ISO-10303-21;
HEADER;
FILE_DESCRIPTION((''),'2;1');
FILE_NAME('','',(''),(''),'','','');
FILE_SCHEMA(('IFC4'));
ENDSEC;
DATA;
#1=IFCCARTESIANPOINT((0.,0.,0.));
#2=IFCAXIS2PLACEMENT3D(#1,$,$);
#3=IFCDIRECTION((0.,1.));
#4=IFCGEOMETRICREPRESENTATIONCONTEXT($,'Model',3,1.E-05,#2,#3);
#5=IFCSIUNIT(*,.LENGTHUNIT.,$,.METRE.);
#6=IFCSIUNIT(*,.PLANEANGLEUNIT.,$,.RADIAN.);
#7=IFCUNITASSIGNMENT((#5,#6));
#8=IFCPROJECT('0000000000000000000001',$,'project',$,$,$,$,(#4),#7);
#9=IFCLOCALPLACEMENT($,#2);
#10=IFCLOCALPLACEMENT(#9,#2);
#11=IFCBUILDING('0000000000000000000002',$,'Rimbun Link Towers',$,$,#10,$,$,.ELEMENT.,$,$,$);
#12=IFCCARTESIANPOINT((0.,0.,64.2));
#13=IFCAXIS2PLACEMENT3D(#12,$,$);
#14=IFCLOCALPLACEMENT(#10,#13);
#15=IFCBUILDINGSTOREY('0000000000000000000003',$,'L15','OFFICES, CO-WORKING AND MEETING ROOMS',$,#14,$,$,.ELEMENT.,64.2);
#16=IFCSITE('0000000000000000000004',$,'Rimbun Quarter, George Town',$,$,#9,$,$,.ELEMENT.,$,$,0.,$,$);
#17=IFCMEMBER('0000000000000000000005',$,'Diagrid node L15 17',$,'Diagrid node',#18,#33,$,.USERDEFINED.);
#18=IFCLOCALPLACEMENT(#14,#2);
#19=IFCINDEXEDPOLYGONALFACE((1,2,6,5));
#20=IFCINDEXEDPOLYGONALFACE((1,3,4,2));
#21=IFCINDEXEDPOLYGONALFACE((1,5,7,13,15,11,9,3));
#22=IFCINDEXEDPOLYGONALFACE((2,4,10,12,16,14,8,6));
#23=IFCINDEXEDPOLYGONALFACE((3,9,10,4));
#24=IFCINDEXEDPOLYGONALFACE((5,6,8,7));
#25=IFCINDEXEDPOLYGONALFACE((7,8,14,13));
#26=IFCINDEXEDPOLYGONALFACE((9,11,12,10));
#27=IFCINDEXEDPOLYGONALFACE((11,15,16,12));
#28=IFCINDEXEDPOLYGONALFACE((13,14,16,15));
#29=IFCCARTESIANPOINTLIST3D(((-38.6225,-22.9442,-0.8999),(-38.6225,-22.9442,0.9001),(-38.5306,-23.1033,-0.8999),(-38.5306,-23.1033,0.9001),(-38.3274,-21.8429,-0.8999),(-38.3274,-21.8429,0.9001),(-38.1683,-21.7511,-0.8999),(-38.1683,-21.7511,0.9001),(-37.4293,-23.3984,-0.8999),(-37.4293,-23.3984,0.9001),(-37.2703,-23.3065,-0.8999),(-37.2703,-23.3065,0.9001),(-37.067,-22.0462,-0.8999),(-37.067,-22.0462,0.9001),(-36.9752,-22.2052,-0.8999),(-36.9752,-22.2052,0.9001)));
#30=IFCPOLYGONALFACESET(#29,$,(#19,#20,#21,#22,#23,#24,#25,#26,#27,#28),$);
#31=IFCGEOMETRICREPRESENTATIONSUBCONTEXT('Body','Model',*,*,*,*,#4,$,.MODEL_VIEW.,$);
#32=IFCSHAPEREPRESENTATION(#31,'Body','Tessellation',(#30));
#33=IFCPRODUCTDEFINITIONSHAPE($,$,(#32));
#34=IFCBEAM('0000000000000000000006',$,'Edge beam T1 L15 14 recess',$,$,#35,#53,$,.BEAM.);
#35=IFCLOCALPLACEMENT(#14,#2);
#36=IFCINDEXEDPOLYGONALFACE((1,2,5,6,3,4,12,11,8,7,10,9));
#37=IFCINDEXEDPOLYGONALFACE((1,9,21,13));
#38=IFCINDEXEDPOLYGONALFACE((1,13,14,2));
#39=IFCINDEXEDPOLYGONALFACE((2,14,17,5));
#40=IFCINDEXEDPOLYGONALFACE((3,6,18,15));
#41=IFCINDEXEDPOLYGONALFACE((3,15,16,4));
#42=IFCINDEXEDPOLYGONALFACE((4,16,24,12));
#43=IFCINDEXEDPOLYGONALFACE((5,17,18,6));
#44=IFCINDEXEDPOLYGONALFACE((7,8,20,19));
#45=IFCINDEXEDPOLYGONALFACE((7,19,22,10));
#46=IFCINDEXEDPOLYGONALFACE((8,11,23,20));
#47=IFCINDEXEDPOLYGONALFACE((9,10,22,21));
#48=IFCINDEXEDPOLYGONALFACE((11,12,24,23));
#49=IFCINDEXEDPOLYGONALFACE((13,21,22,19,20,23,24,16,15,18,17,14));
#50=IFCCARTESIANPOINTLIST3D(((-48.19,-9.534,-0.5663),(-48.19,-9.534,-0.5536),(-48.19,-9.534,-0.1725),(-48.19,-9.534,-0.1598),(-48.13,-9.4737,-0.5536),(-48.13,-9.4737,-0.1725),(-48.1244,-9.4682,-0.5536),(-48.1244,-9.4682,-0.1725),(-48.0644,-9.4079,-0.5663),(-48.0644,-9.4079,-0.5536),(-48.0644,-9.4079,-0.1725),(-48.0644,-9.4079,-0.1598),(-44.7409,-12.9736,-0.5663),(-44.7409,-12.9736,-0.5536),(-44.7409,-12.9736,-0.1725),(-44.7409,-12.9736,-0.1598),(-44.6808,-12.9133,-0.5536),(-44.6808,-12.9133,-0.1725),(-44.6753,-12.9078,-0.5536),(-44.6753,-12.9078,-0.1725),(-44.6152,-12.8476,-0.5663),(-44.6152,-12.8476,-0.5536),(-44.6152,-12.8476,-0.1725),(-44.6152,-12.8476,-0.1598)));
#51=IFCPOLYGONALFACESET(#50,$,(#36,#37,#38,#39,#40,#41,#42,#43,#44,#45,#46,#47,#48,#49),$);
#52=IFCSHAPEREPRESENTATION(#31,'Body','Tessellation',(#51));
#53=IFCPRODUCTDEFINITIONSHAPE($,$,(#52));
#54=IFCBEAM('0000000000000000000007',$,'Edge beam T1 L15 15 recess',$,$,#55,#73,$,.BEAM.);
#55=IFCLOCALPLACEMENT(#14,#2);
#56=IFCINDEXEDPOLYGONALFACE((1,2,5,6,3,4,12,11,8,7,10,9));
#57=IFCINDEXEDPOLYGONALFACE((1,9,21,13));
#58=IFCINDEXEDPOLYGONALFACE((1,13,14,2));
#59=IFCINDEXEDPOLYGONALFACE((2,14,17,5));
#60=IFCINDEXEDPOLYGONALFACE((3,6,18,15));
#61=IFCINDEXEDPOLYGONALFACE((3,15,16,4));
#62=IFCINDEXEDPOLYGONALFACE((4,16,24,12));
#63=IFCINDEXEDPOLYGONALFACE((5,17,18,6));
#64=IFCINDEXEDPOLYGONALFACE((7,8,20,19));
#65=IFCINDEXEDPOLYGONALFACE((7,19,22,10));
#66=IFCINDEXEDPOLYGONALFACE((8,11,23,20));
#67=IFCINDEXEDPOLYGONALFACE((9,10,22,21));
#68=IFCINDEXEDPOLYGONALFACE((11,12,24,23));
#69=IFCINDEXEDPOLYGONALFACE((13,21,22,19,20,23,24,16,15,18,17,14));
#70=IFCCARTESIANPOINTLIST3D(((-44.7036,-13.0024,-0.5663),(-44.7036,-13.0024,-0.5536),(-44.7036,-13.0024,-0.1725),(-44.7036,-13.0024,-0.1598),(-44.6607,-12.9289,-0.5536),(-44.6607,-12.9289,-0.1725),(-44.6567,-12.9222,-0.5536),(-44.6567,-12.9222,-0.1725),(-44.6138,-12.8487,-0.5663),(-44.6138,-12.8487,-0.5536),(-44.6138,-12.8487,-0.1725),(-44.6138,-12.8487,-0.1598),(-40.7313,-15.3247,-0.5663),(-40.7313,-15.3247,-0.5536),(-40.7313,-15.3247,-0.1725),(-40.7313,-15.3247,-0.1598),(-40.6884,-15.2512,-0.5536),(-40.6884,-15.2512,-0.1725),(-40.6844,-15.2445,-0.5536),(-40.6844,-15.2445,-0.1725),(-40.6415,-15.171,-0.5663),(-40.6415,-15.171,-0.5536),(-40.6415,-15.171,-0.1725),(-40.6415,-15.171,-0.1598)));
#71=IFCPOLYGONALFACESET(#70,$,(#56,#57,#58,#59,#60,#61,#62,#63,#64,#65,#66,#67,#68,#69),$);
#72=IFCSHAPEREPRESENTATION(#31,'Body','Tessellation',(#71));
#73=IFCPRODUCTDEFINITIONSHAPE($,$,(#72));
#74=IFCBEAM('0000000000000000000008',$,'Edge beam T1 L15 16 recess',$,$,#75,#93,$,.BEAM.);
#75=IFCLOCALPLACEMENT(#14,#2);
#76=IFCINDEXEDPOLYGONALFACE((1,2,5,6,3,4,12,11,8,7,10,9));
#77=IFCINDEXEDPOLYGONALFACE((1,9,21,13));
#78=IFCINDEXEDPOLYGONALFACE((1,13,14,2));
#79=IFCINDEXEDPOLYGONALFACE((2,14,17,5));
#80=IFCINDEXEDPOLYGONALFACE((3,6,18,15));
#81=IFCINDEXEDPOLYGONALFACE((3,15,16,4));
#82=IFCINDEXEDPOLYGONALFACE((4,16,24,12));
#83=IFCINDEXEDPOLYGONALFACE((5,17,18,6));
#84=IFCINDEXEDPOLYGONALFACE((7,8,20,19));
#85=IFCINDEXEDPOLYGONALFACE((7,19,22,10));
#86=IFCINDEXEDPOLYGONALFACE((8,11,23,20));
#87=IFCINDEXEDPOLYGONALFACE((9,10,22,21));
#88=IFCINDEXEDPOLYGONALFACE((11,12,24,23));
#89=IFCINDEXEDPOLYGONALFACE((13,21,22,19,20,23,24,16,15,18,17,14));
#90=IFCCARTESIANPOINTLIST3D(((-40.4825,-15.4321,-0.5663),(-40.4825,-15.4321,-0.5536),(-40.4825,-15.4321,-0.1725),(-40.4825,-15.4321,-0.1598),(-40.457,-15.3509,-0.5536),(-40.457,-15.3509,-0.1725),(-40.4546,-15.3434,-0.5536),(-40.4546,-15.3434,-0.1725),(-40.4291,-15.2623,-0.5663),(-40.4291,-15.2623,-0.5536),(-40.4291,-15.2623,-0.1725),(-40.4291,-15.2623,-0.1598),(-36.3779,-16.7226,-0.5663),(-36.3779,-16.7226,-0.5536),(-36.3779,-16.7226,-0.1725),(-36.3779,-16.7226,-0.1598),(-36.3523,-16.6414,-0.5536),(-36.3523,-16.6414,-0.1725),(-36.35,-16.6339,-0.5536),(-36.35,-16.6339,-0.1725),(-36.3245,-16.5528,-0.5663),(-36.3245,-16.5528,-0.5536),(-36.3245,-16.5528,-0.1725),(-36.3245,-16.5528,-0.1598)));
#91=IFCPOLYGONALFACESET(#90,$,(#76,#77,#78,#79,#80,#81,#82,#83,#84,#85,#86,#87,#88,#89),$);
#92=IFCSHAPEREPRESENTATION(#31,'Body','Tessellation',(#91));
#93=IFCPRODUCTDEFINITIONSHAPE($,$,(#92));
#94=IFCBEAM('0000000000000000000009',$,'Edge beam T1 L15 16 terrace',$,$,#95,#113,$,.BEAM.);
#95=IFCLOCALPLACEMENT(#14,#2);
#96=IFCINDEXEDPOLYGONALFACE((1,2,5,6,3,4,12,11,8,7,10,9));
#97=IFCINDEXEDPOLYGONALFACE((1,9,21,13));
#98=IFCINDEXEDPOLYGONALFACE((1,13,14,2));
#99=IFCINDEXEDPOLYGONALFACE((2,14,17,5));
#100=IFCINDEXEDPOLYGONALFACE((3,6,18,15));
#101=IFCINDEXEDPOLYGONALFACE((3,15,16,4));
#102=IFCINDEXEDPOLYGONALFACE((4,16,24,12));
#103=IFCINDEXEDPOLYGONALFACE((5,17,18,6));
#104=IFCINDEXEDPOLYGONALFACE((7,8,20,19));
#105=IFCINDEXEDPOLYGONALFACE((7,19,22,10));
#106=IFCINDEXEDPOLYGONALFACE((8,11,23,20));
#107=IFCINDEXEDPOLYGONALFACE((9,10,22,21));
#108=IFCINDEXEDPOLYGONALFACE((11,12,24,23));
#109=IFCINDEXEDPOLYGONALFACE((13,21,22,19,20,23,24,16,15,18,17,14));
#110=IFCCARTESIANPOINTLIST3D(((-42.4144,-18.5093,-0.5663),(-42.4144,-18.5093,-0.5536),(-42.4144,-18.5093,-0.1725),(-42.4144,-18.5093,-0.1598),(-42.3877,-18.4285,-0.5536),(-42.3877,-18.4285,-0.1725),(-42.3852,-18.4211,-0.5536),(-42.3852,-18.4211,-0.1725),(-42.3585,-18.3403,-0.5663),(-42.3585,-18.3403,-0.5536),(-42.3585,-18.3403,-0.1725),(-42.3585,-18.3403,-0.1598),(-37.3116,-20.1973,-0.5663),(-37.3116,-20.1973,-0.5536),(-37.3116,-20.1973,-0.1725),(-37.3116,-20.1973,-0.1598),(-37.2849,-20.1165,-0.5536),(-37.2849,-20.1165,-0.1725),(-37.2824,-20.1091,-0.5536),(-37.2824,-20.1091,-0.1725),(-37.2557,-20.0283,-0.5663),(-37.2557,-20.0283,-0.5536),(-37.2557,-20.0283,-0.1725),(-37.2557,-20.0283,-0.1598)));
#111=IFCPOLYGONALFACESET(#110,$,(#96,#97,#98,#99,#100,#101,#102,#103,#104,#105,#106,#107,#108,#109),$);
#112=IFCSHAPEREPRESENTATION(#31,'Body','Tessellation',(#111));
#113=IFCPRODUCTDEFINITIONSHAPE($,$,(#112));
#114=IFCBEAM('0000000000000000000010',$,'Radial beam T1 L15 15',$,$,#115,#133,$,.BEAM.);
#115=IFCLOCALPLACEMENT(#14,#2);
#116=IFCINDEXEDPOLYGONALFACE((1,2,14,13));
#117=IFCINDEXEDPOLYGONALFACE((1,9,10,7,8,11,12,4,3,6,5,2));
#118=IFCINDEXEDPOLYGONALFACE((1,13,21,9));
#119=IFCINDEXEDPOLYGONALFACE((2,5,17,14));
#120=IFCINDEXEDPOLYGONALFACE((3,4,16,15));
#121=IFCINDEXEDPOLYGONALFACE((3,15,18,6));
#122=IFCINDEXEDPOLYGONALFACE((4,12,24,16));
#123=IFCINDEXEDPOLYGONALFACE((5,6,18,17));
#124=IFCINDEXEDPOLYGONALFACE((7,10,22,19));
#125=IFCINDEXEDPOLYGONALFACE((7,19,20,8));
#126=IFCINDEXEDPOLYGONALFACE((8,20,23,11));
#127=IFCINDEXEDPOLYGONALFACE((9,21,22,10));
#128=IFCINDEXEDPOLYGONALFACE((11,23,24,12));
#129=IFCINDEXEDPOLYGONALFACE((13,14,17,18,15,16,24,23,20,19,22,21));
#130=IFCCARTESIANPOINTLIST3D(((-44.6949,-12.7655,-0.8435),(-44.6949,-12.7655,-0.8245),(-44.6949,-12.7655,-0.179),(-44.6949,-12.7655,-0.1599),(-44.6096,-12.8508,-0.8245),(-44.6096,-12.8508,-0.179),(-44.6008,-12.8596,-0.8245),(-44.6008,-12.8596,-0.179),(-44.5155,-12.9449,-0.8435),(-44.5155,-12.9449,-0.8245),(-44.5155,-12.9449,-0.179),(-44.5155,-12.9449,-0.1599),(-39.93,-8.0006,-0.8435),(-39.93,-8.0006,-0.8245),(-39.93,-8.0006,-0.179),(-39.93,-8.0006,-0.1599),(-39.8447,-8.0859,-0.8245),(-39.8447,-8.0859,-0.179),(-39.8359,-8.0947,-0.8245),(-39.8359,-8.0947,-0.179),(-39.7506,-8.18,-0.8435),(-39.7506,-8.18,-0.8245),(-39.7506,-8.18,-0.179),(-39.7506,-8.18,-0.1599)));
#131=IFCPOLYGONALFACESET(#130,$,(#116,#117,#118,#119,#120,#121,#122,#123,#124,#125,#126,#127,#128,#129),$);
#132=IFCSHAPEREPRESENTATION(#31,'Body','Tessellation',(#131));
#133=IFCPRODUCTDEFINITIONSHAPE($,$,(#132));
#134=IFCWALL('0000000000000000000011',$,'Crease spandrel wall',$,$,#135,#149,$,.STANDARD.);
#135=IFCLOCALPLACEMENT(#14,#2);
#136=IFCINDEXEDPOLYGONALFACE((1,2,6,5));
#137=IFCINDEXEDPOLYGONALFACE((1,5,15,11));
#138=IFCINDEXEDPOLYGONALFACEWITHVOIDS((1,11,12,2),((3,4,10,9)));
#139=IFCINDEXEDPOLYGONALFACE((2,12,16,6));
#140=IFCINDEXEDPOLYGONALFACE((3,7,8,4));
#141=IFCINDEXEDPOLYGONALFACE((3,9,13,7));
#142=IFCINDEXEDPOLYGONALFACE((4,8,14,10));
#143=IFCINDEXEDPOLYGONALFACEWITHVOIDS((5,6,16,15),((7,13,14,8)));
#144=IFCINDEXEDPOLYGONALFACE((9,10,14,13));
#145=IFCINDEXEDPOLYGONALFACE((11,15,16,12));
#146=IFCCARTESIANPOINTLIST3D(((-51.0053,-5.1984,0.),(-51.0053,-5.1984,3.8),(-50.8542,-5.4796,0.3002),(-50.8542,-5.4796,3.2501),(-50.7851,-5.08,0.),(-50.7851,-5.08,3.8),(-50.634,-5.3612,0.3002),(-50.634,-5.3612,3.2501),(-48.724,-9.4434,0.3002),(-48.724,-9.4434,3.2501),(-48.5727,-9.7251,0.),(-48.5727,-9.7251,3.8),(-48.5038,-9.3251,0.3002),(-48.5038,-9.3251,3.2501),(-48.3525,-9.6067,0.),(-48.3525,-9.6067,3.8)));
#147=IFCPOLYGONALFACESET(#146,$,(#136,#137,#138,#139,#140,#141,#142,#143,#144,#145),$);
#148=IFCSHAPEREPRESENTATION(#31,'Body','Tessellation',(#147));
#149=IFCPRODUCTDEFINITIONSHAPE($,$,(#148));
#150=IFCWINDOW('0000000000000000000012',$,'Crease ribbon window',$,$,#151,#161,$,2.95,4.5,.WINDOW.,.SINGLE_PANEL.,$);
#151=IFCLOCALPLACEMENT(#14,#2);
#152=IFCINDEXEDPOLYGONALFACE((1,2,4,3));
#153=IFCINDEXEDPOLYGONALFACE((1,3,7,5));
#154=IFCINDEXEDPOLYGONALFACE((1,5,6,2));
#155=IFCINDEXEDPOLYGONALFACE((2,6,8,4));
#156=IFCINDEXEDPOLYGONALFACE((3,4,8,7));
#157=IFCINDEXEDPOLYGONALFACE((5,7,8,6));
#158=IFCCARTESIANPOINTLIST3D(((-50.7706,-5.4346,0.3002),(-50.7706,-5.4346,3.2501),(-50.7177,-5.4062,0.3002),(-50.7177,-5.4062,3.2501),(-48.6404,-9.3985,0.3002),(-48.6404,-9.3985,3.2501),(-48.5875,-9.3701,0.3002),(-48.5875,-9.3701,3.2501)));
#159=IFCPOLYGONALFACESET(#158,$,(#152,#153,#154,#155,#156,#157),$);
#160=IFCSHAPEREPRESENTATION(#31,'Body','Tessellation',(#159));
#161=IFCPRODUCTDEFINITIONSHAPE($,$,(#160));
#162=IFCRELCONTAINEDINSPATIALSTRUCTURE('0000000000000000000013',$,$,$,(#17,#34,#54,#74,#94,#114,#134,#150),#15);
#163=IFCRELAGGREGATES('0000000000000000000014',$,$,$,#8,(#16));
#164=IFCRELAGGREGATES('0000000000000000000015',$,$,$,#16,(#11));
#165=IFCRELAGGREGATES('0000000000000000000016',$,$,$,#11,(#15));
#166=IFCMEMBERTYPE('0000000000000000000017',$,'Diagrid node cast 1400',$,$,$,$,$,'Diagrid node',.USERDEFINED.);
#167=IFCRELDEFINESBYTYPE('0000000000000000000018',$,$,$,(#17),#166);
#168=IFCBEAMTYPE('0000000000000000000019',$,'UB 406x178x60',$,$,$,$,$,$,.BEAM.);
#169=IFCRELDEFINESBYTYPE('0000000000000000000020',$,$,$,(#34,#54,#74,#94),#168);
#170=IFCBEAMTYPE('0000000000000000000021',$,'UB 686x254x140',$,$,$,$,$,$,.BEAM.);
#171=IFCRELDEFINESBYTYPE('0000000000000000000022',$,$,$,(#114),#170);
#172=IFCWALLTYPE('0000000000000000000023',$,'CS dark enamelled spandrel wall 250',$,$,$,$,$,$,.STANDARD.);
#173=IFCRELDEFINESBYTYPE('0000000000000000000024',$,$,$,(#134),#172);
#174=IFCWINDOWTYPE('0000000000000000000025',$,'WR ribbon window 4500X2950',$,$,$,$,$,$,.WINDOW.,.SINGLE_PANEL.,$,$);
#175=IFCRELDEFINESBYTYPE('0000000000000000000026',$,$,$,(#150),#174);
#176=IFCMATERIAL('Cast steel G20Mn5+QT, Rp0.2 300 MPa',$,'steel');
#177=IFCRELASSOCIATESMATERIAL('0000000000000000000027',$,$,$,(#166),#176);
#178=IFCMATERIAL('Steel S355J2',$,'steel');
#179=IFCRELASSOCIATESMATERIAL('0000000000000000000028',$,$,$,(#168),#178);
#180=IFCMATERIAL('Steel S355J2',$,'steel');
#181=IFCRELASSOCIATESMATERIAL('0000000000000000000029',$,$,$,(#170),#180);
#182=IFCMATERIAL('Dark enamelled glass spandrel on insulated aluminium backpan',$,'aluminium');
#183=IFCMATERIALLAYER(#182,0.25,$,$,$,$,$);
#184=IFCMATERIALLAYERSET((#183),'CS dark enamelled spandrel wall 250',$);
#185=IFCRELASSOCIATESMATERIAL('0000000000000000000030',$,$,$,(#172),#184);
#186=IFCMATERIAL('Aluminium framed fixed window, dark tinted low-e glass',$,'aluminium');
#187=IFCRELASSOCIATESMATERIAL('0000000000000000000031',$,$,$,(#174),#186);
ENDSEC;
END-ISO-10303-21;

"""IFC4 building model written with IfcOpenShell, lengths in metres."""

from ifc_helpers import new_model, si_unit, direction, frame, frame_2d, origin, origin_2d, place, context, subcontext, project, spatial, polyline, rectangle, i_section, outline, extrude, material, layer, layer_set, material_profile, profile_set, type_object, element, fill, save


model = new_model("IFC4")

# Units and contexts
model_context = context("Model", 3, precision=1e-05, world=origin(), true_north=direction((0.0, 1.0)))
body_context = subcontext(model_context, "Body", "Model", "MODEL_VIEW")
ifc_project = project(units=[si_unit("LENGTHUNIT", "METRE"), si_unit("PLANEANGLEUNIT", "RADIAN")], contexts=[model_context])

# Site, building, storey
site_placement = place(None, origin())
site = spatial("IfcSite", under=ifc_project, at=site_placement, Name="Rimbun Quarter, George Town", CompositionType="ELEMENT", RefElevation=0.0)
building_placement = place(site_placement, origin())
building = spatial("IfcBuilding", under=site, at=building_placement, Name="Rimbun Link Towers", CompositionType="ELEMENT")
storey_placement = place(building_placement, frame((0.0, 0.0, 64.2)))
storey = spatial("IfcBuildingStorey", under=building, at=storey_placement, Name="L15", Description="OFFICES, CO-WORKING AND MEETING ROOMS", CompositionType="ELEMENT", Elevation=64.2)

# Member
ifc_material_1 = material(Name="Cast steel G20Mn5+QT, Rp0.2 300 MPa", Category="steel")
ifc_material_profile_1 = material_profile(ifc_material_1, outline(polyline([(0.7, -0.5701), (0.7, 0.5701), (0.5701, 0.7), (-0.5701, 0.7), (-0.7, 0.5701), (-0.7, -0.5701), (-0.5701, -0.7), (0.5701, -0.7), (0.7, -0.5701)])), Name="NODE 1400x1400")
ifc_profile_set_1 = profile_set([ifc_material_profile_1], Name="Cast steel G20Mn5+QT, Rp0.2 300 MPa")
member_type_1 = type_object("IfcMemberType", Name="Diagrid node cast 1400", ElementType="Diagrid node", PredefinedType="USERDEFINED", material=ifc_profile_set_1)
member_1_placement = place(storey_placement, frame((-37.7988, -22.5747, -0.8999), z_axis=(0.0, 0.0, 1.0), x_axis=(-0.258819, -0.965926, 0.0)))
element("IfcMember", 1, at=member_1_placement, inside=storey, type_object=member_type_1, Name="Diagrid node L15 17", ObjectType="Diagrid node", PredefinedType="USERDEFINED", context=body_context, shape_type="SweptSolid", body=[
    extrude(outline(polyline([(0.7, -0.5701), (0.7, 0.5701), (0.5701, 0.7), (-0.5701, 0.7), (-0.7, 0.5701), (-0.7, -0.5701), (-0.5701, -0.7), (0.5701, -0.7), (0.7, -0.5701)])), origin(), (0.0, 0.0, 1.0), 1.8),
])

# Beams
ifc_material_2 = material(Name="Steel S355J2", Category="steel")
ifc_material_profile_2 = material_profile(ifc_material_2, i_section(OverallWidth=0.178, OverallDepth=0.4065, WebThickness=0.0078, FlangeThickness=0.0127, at=origin_2d()), Name="UB 406x178x60")
ifc_profile_set_2 = profile_set([ifc_material_profile_2], Name="Steel S355J2")
beam_type_1 = type_object("IfcBeamType", Name="UB 406x178x60", PredefinedType="BEAM", material=ifc_profile_set_2)
beam_1_placement = place(storey_placement, frame((-48.1272, -9.4709, -0.363), z_axis=(0.708083, -0.706129, 0.0), x_axis=(0.706129, 0.708083, 0.0)))
element("IfcBeam", 2, at=beam_1_placement, inside=storey, type_object=beam_type_1, Name="Edge beam T1 L15 14 recess", PredefinedType="BEAM", context=body_context, shape_type="SweptSolid", body=[
    extrude(i_section(OverallWidth=0.178, OverallDepth=0.4065, WebThickness=0.0078, FlangeThickness=0.0127, at=origin_2d()), origin(), (0.0, 0.0, 1.0), 4.8711),
])
beam_2_placement = place(storey_placement, frame((-44.6587, -12.9255, -0.363), z_axis=(0.86329, -0.504709, 0.0), x_axis=(0.504709, 0.86329, 0.0)))
element("IfcBeam", 3, at=beam_2_placement, inside=storey, type_object=beam_type_1, Name="Edge beam T1 L15 15 recess", PredefinedType="BEAM", context=body_context, shape_type="SweptSolid", body=[
    extrude(i_section(OverallWidth=0.178, OverallDepth=0.4065, WebThickness=0.0078, FlangeThickness=0.0127, at=origin_2d()), origin(), (0.0, 0.0, 1.0), 4.6013),
])
beam_3_placement = place(storey_placement, frame((-40.4558, -15.3472, -0.363), z_axis=(0.953963, -0.299925, 0.0), x_axis=(0.299925, 0.953963, 0.0)))
element("IfcBeam", 4, at=beam_3_placement, inside=storey, type_object=beam_type_1, Name="Edge beam T1 L15 16 recess", PredefinedType="BEAM", context=body_context, shape_type="SweptSolid", body=[
    extrude(i_section(OverallWidth=0.178, OverallDepth=0.4065, WebThickness=0.0078, FlangeThickness=0.0127, at=origin_2d()), origin(), (0.0, 0.0, 1.0), 4.3027),
])
beam_4_placement = place(storey_placement, frame((-42.3865, -18.4248, -0.363), z_axis=(0.949403, -0.31406, 0.0), x_axis=(0.31406, 0.949403, 0.0)))
element("IfcBeam", 5, at=beam_4_placement, inside=storey, type_object=beam_type_1, Name="Edge beam T1 L15 16 terrace", PredefinedType="BEAM", context=body_context, shape_type="SweptSolid", body=[
    extrude(i_section(OverallWidth=0.178, OverallDepth=0.4065, WebThickness=0.0078, FlangeThickness=0.0127, at=origin_2d()), origin(), (0.0, 0.0, 1.0), 5.3748),
])
ifc_material_3 = material(Name="Steel S355J2", Category="steel")
ifc_material_profile_3 = material_profile(ifc_material_3, i_section(OverallWidth=0.2537, OverallDepth=0.6836, WebThickness=0.0125, FlangeThickness=0.019, at=origin_2d()), Name="UB 686x254x140")
ifc_profile_set_3 = profile_set([ifc_material_profile_3], Name="Steel S355J2")
beam_type_2 = type_object("IfcBeamType", Name="UB 686x254x140", PredefinedType="BEAM", material=ifc_profile_set_3)
beam_5_placement = place(storey_placement, frame((-39.8403, -8.0903, -0.5017), z_axis=(-0.707107, -0.707107, 0.0), x_axis=(0.707107, -0.707107, 0.0)))
element("IfcBeam", 6, at=beam_5_placement, inside=storey, type_object=beam_type_2, Name="Radial beam T1 L15 15", PredefinedType="BEAM", context=body_context, shape_type="SweptSolid", body=[
    extrude(i_section(OverallWidth=0.2537, OverallDepth=0.6836, WebThickness=0.0125, FlangeThickness=0.019, at=origin_2d()), origin(), (0.0, 0.0, 1.0), 6.7385),
])

# Wall, opening, window
ifc_material_4 = material(Name="Dark enamelled glass spandrel on insulated aluminium backpan", Category="aluminium")
ifc_layer_1 = layer(ifc_material_4, 0.25)
ifc_layer_set_1 = layer_set([ifc_layer_1], Name="CS dark enamelled spandrel wall 250")
wall_type_1 = type_object("IfcWallType", Name="CS dark enamelled spandrel wall 250", PredefinedType="STANDARD", material=ifc_layer_set_1)
wall_1_placement = place(storey_placement, frame((-48.4626, -9.6658, 0.0), z_axis=(0.0, 0.0, 1.0), x_axis=(-0.473377, 0.88086, 0.0)))
wall_1 = element("IfcWall", 7, at=wall_1_placement, inside=storey, type_object=wall_type_1, Name="Crease spandrel wall", PredefinedType="STANDARD", context=body_context, shape_type="SweptSolid", body=[
    extrude(rectangle(XDim=5.1389, YDim=0.25, at=frame_2d((2.5693, 0.0))), origin(), (0.0, 0.0, 1.0), 3.8),
])
opening_1_placement = place(wall_1_placement, frame((0.3196, 0.0, 0.3)))
opening_1 = element("IfcOpeningElement", 8, at=opening_1_placement, cuts=wall_1, PredefinedType="OPENING", context=body_context, shape_type="SweptSolid", body=[
    extrude(rectangle(XDim=4.5, YDim=2.95, at=frame_2d((2.25, 1.4751))), frame((0.0, 0.135, 0.0), z_axis=(0.0, -1.0, 0.0), x_axis=(1.0, 0.0, 0.0)), (0.0, 0.0, 1.0), 0.27),
])
ifc_material_5 = material(Name="Aluminium framed fixed window, dark tinted low-e glass", Category="aluminium")
window_type_1 = type_object("IfcWindowType", Name="WR ribbon window 4500X2950", PartitioningType="SINGLE_PANEL", PredefinedType="WINDOW", material=ifc_material_5)
window_1_placement = place(opening_1_placement, origin())
window_1 = element("IfcWindow", 9, at=window_1_placement, inside=storey, type_object=window_type_1, Name="Crease ribbon window", OverallHeight=2.95, OverallWidth=4.5, PartitioningType="SINGLE_PANEL", PredefinedType="WINDOW", context=body_context, shape_type="SweptSolid", body=[
    extrude(rectangle(XDim=4.5, YDim=2.95, at=frame_2d((2.25, 1.4751))), frame((0.0, 0.03, 0.0), z_axis=(0.0, -1.0, 0.0), x_axis=(1.0, 0.0, 0.0)), (0.0, 0.0, 1.0), 0.0601),
])
fill(opening_1, window_1)

save(model, "model.ifc")
